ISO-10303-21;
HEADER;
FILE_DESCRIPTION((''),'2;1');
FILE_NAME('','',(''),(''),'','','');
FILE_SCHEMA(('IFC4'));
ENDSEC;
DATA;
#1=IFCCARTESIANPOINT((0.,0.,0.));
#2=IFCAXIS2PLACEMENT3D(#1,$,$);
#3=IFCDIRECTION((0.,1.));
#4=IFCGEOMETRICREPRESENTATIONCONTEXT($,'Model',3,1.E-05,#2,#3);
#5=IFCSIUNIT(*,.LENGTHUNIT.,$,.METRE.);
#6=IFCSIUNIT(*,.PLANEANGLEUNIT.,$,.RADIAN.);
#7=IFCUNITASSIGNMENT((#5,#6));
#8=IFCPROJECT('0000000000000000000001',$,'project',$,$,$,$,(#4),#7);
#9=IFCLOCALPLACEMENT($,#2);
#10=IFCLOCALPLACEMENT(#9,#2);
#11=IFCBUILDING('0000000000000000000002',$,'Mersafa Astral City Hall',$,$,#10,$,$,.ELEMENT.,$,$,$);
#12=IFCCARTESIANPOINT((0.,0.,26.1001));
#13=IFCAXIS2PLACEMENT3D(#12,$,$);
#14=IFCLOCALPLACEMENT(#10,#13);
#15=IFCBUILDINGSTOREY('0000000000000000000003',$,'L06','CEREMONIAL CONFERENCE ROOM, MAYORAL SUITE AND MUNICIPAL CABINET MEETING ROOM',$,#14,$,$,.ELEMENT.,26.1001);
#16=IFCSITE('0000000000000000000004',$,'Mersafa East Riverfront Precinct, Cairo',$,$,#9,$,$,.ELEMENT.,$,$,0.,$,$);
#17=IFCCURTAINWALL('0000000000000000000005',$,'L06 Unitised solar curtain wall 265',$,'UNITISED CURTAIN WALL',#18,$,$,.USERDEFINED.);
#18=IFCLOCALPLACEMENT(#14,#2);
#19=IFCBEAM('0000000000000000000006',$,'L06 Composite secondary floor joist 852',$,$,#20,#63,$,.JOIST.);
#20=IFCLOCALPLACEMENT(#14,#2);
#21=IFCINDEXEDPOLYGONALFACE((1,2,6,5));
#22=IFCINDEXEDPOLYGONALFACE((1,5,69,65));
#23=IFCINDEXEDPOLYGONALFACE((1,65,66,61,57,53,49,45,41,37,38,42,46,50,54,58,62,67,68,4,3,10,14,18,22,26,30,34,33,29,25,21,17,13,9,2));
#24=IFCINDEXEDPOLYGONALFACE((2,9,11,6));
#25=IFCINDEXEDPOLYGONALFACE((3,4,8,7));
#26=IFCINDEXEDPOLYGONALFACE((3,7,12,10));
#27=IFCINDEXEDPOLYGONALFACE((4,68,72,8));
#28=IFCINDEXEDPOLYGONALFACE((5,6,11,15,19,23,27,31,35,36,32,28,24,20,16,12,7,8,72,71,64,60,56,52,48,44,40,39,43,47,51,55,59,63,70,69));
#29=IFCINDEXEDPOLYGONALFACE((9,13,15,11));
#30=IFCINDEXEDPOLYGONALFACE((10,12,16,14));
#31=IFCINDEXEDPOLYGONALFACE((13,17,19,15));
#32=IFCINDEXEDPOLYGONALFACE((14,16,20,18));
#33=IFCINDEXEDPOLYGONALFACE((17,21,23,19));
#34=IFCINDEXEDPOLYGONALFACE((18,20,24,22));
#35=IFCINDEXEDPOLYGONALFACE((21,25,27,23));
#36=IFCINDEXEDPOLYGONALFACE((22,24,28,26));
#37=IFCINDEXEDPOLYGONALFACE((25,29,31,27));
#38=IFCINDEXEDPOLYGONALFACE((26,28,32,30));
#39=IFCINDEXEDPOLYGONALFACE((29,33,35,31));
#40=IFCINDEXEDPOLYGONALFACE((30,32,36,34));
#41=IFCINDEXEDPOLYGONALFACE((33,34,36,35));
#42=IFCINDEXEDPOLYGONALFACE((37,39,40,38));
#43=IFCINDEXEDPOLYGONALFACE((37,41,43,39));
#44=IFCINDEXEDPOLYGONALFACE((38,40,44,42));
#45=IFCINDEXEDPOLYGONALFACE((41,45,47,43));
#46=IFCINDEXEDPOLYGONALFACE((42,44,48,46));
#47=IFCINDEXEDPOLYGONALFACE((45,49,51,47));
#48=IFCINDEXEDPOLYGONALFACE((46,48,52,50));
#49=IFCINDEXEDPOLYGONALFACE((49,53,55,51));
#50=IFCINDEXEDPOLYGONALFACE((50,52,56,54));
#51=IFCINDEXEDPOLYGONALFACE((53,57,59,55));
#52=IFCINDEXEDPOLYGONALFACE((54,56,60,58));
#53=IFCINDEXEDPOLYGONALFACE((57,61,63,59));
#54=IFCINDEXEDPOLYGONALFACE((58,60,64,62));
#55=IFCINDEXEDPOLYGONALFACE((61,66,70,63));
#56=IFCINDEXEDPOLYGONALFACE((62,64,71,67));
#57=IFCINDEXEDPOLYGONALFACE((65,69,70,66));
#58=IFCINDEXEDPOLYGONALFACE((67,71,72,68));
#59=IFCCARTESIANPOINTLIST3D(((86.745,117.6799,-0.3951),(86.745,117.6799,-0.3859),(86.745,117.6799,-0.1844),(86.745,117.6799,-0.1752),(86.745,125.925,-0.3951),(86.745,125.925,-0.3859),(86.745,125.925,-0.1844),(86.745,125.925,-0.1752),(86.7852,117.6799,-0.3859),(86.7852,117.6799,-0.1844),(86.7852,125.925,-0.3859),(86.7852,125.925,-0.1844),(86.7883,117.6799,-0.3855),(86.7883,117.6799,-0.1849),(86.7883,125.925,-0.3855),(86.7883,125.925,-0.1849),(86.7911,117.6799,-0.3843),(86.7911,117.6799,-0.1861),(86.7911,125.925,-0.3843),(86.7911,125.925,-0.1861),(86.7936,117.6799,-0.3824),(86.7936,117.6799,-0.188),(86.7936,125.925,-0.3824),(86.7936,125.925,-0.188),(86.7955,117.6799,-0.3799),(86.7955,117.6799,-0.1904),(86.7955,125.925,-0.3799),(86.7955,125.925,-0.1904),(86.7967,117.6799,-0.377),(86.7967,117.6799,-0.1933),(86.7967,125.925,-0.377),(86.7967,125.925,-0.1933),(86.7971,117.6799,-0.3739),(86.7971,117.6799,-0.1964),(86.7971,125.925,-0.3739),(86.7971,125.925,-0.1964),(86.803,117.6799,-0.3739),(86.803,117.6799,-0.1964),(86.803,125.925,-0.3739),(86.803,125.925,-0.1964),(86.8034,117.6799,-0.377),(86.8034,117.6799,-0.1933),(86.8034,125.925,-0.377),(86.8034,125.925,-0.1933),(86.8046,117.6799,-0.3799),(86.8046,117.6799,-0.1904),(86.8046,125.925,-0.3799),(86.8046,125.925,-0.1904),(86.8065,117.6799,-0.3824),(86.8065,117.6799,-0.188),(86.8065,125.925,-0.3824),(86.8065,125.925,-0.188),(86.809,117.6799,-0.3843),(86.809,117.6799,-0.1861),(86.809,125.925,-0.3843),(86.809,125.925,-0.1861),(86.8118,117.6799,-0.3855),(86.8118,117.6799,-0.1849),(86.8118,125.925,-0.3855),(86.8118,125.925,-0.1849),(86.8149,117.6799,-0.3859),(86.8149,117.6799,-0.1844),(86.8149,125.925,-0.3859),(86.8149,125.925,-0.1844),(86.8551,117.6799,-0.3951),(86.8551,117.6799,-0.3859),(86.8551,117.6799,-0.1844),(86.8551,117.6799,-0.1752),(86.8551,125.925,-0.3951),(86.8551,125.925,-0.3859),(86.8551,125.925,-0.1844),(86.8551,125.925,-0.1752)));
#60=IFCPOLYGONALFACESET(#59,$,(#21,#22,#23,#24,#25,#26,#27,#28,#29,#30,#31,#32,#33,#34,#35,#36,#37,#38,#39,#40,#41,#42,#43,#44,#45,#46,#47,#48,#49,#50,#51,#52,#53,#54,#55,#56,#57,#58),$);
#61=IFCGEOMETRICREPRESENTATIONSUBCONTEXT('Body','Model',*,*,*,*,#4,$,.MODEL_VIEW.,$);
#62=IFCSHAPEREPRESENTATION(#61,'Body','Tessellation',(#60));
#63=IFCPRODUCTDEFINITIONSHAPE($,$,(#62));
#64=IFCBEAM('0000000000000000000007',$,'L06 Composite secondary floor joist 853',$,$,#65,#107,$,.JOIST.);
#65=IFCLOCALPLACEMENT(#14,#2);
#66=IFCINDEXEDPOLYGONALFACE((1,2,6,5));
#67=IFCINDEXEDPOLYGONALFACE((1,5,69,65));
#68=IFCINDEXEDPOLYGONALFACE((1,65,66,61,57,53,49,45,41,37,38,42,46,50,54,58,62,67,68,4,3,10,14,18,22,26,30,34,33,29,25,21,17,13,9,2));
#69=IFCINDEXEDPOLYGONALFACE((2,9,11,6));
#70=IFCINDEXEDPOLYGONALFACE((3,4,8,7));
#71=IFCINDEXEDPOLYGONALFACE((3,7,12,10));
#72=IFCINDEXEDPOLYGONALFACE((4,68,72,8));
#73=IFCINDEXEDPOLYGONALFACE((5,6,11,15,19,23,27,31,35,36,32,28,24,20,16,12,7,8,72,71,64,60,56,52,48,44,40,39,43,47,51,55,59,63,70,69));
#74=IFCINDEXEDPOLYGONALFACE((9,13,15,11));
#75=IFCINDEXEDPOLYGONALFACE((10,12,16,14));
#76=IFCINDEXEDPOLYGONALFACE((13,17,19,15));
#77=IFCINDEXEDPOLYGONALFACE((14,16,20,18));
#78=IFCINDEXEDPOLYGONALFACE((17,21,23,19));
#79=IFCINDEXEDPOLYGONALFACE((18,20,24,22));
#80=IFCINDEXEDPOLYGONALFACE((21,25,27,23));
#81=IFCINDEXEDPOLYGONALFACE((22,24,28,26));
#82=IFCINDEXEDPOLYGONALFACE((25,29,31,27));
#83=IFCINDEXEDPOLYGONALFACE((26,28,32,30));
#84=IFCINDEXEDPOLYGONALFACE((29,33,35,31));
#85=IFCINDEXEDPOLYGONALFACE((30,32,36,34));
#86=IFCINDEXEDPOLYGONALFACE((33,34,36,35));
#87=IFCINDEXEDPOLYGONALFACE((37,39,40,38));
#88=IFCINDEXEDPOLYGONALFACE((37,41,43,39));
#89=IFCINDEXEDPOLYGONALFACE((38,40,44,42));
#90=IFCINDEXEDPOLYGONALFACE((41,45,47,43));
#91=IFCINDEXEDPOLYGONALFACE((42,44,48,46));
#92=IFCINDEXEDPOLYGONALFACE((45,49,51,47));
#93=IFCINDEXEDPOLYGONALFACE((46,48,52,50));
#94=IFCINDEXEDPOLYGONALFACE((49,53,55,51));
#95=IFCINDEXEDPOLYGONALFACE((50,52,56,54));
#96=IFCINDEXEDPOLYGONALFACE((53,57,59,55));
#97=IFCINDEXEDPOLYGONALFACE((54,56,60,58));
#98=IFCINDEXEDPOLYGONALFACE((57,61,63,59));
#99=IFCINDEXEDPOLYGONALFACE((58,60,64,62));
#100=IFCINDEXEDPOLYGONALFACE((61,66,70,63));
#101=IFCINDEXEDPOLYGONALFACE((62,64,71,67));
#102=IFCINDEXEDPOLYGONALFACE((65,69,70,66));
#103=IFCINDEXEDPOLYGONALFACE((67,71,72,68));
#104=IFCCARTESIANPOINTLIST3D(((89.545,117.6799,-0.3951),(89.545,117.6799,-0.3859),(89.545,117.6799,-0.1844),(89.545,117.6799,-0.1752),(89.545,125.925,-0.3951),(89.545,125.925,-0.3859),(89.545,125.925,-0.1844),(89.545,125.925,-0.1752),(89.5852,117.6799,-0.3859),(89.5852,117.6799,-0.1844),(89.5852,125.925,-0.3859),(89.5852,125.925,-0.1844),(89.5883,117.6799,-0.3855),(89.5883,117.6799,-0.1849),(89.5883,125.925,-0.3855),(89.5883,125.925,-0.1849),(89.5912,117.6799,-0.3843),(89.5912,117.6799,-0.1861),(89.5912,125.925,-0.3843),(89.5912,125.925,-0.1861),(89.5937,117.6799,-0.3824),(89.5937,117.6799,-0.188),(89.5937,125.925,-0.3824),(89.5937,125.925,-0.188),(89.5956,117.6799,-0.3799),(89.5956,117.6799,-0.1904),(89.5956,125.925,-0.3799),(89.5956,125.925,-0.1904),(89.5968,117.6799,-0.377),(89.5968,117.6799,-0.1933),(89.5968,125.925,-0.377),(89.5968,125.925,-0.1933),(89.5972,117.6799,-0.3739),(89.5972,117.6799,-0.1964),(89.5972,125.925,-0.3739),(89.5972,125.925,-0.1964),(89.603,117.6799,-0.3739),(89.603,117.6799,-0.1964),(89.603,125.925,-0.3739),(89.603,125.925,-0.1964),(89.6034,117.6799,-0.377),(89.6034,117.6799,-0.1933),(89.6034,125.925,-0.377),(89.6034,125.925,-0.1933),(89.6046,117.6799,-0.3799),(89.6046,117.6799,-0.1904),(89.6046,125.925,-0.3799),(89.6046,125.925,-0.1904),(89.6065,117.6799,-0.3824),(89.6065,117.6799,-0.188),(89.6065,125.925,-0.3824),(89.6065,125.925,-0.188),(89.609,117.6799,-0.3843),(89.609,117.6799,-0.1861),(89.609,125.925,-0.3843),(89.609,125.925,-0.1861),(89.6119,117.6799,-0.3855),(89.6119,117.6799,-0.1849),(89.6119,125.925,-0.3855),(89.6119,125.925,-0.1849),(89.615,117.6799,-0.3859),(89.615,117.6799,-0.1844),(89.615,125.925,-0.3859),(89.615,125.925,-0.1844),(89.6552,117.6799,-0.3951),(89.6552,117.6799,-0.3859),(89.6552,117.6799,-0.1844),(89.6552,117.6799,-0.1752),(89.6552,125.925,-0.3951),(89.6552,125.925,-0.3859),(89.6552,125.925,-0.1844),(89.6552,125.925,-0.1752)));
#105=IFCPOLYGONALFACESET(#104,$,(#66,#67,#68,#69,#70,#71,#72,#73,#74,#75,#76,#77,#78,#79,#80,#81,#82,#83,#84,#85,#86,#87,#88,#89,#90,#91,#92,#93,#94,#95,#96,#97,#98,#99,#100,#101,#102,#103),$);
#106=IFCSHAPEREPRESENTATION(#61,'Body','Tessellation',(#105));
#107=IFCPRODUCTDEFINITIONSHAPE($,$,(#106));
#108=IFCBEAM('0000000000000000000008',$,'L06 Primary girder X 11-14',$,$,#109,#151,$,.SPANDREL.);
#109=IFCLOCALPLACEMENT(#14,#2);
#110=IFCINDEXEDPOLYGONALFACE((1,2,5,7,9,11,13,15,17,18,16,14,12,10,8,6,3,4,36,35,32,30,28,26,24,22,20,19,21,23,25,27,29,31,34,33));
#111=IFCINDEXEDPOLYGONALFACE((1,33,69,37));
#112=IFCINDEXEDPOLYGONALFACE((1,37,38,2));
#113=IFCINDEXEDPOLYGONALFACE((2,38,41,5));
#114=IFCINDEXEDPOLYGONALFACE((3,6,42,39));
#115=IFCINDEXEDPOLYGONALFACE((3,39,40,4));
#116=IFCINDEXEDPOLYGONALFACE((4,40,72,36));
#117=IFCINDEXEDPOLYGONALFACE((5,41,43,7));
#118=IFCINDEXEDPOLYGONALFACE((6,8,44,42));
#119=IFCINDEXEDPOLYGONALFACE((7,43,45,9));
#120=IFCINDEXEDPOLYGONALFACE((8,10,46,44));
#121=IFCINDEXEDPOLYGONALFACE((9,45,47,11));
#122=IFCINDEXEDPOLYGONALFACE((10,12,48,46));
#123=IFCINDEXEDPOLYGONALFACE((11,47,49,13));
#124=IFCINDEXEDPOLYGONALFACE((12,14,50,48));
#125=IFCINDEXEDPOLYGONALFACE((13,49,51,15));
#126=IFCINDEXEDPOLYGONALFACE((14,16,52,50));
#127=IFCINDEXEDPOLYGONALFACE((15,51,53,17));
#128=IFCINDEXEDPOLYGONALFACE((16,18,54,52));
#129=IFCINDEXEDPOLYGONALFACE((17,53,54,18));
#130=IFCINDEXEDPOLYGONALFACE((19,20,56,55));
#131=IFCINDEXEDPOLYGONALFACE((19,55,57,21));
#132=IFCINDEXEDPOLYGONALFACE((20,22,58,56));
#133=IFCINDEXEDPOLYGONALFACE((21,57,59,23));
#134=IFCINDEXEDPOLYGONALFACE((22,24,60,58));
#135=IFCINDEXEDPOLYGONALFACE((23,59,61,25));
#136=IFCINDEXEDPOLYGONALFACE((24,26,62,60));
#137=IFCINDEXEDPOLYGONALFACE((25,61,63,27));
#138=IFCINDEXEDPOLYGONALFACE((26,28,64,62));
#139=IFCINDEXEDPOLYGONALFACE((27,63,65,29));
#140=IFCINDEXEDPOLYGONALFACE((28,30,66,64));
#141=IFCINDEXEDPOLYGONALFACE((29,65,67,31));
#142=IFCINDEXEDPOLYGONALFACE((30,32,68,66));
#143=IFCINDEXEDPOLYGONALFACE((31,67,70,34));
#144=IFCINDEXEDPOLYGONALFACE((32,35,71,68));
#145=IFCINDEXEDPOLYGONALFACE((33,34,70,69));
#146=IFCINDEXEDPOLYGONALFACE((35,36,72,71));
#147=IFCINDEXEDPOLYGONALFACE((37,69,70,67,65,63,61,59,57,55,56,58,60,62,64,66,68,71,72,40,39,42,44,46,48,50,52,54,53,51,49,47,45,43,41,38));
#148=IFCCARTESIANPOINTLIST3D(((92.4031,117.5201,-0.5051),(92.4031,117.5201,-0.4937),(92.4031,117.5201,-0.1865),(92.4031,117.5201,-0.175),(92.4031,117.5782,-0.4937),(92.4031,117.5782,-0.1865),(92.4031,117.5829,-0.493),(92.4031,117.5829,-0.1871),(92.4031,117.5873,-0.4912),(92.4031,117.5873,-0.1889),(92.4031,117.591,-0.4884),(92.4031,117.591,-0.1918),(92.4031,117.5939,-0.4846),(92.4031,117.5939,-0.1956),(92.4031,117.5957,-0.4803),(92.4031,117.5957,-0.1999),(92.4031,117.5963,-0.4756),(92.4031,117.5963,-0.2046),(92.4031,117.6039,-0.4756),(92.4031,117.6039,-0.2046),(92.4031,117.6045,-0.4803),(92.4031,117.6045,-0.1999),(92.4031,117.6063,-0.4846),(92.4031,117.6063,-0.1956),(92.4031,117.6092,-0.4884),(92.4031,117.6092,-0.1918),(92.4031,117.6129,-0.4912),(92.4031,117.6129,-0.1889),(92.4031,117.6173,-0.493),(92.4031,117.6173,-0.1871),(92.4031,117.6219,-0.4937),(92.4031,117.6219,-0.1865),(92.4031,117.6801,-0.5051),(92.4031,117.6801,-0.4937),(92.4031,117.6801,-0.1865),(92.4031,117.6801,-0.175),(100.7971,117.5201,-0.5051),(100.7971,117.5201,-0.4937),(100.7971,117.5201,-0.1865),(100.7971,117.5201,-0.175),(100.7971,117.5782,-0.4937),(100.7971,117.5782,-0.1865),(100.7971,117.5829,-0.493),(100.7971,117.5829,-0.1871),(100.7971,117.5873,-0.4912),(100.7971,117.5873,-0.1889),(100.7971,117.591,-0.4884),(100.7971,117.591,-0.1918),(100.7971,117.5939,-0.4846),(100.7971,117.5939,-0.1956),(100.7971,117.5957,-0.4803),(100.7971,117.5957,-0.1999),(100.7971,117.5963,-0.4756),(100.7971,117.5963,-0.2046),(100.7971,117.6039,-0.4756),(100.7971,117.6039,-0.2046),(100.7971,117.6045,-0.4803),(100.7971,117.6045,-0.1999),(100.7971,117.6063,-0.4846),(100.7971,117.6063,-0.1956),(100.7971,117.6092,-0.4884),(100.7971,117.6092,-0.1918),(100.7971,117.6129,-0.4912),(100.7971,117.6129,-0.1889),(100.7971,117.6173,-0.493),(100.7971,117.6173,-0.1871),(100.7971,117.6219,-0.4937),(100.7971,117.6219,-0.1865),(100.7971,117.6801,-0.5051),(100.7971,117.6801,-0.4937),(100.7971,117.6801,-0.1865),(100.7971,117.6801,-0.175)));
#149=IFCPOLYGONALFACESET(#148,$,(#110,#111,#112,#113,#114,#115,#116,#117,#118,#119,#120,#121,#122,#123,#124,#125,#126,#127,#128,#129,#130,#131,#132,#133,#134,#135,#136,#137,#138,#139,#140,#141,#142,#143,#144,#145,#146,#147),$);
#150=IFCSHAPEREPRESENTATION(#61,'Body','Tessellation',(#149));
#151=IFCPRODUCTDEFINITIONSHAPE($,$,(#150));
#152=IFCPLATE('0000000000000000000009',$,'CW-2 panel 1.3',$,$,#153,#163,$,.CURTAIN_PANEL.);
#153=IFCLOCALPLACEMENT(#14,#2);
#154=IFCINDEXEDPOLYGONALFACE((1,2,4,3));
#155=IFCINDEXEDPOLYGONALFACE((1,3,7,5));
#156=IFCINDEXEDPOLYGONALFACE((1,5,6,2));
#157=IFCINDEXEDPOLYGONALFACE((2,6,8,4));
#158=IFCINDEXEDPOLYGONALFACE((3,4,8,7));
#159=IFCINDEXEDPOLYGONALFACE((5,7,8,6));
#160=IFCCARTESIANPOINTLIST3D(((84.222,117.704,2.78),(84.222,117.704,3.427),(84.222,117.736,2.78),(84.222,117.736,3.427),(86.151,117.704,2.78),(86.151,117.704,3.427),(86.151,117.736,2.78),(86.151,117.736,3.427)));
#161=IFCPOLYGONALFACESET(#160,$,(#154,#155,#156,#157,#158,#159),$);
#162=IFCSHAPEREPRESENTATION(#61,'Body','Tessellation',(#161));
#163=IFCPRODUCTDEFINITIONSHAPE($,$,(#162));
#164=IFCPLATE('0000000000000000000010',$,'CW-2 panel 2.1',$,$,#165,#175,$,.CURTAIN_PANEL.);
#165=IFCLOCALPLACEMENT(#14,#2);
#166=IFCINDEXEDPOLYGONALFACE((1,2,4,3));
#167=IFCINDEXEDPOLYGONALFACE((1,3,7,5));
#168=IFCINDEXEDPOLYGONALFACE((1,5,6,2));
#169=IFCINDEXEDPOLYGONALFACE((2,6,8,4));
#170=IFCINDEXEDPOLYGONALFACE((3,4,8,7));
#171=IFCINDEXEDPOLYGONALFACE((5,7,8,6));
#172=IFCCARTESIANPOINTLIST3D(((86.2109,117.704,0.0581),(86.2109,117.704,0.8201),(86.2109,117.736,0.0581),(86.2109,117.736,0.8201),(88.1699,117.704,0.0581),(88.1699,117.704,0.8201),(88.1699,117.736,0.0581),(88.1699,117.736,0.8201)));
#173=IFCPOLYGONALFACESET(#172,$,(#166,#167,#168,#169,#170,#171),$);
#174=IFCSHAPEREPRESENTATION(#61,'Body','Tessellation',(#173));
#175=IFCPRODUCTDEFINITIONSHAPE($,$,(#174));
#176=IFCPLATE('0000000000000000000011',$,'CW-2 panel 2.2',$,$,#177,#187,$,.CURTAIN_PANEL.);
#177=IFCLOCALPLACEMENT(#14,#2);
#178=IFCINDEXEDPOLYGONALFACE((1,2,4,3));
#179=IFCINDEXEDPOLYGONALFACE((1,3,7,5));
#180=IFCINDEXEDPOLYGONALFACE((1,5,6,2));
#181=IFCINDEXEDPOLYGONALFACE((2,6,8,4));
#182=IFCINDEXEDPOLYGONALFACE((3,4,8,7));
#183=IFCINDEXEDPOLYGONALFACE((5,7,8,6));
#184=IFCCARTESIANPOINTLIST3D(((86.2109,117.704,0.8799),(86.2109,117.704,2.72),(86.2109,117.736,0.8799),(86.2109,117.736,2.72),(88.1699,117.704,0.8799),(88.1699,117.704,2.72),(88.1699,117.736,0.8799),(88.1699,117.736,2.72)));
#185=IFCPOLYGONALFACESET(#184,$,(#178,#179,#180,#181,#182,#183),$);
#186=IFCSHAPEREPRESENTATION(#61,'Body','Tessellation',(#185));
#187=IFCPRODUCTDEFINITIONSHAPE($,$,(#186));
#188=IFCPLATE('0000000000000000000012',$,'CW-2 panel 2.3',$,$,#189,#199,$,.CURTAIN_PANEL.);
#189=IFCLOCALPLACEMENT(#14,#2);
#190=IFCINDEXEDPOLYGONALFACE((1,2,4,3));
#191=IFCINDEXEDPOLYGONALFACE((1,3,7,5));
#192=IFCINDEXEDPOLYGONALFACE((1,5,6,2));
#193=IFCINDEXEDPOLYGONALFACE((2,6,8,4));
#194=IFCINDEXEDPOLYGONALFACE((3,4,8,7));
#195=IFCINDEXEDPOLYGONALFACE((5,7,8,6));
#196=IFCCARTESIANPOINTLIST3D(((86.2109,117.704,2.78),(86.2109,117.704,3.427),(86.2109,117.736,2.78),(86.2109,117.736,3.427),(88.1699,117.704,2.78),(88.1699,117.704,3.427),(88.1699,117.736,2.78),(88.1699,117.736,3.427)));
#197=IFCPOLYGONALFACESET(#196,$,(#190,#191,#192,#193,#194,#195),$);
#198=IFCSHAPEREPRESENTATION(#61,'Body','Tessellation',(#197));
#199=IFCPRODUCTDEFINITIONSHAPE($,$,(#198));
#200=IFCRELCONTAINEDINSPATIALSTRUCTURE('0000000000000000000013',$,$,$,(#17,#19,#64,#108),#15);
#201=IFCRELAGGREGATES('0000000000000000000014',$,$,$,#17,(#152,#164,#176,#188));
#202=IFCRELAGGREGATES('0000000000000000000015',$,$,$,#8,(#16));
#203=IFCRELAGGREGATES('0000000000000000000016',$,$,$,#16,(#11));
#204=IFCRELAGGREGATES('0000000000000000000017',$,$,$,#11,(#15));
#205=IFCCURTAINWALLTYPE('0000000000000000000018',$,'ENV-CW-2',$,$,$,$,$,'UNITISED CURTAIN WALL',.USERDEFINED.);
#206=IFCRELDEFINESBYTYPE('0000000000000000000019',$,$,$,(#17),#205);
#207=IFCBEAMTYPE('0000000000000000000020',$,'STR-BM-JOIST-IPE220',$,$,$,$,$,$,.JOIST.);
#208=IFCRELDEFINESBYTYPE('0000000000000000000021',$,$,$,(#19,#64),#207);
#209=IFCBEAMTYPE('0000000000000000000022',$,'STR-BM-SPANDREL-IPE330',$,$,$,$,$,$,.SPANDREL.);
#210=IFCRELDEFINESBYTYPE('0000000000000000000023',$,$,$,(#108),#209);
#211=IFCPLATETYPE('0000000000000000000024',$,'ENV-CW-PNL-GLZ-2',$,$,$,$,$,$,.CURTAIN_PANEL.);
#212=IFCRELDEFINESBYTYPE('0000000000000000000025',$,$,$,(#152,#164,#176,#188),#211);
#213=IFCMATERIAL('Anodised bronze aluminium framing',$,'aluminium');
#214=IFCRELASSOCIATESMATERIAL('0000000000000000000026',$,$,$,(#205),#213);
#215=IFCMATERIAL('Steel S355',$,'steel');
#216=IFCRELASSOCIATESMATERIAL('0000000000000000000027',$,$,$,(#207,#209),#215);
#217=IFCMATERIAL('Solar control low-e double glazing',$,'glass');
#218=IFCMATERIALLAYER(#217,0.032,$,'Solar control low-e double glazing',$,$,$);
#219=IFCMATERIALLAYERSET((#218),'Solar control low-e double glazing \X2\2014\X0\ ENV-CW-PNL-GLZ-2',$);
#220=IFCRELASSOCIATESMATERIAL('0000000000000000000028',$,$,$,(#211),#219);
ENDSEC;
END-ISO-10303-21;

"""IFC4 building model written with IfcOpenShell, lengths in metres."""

from ifc_helpers import new_model, si_unit, direction, frame, origin, origin_2d, place, context, subcontext, project, spatial, rectangle, i_section, extrude, material, layer, layer_set, material_profile, profile_set, type_object, element, aggregate, save


model = new_model("IFC4")

# Units and contexts
model_context = context("Model", 3, precision=1e-05, world=origin(), true_north=direction((0.0, 1.0)))
body_context = subcontext(model_context, "Body", "Model", "MODEL_VIEW")
ifc_project = project(units=[si_unit("LENGTHUNIT", "METRE"), si_unit("PLANEANGLEUNIT", "RADIAN")], contexts=[model_context])

# Site, building, storey
site_placement = place(None, origin())
site = spatial("IfcSite", under=ifc_project, at=site_placement, Name="Mersafa East Riverfront Precinct, Cairo", CompositionType="ELEMENT", RefElevation=0.0)
building_placement = place(site_placement, origin())
building = spatial("IfcBuilding", under=site, at=building_placement, Name="Mersafa Astral City Hall", CompositionType="ELEMENT")
storey_placement = place(building_placement, frame((0.0, 0.0, 26.1001)))
storey = spatial("IfcBuildingStorey", under=building, at=storey_placement, Name="L06", Description="CEREMONIAL CONFERENCE ROOM, MAYORAL SUITE AND MUNICIPAL CABINET MEETING ROOM", CompositionType="ELEMENT", Elevation=26.1001)

# Shared definitions
ifc_material_1 = material(Name="Steel S355", Category="steel")

# Curtain wall
ifc_material_2 = material(Name="Anodised bronze aluminium framing", Category="aluminium")
curtain_wall_type_1 = type_object("IfcCurtainWallType", Name="ENV-CW-2", ElementType="UNITISED CURTAIN WALL", PredefinedType="USERDEFINED", material=ifc_material_2)
curtain_wall_1_placement = place(storey_placement, origin())
curtain_wall_1 = element("IfcCurtainWall", 1, at=curtain_wall_1_placement, inside=storey, type_object=curtain_wall_type_1, Name="L06 Unitised solar curtain wall 265", ObjectType="UNITISED CURTAIN WALL", PredefinedType="USERDEFINED")

# Beams
ifc_material_profile_1 = material_profile(ifc_material_1, i_section(OverallWidth=0.1101, OverallDepth=0.22, WebThickness=0.0059, FlangeThickness=0.0093, FilletRadius=0.012, at=origin_2d()), Name="IPE 220")
ifc_profile_set_1 = profile_set([ifc_material_profile_1], Name="Steel S355")
beam_type_1 = type_object("IfcBeamType", Name="STR-BM-JOIST-IPE220", PredefinedType="JOIST", material=ifc_profile_set_1)
for number, where, z_axis, x_axis, name in (
    (2, (86.8, 117.6799, -0.2852), (0.0, 1.0, 0.0), (-1.0, 0.0, 0.0), "L06 Composite secondary floor joist 852"),
    (3, (89.6001, 117.6799, -0.2852), (0.0, 1.0, 0.0), (-1.0, 0.0, 0.0), "L06 Composite secondary floor joist 853"),
):
    element("IfcBeam", number, at=place(storey_placement, frame(where, z_axis=z_axis, x_axis=x_axis)), inside=storey, type_object=beam_type_1, Name=name, PredefinedType="JOIST", context=body_context, shape_type="SweptSolid", body=[
        extrude(i_section(OverallWidth=0.1101, OverallDepth=0.22, WebThickness=0.0059, FlangeThickness=0.0093, FilletRadius=0.012, at=origin_2d()), origin(), (0.0, 0.0, 1.0), 8.2451),
    ])
ifc_material_profile_2 = material_profile(ifc_material_1, i_section(OverallWidth=0.1599, OverallDepth=0.3301, WebThickness=0.0076, FlangeThickness=0.0115, FilletRadius=0.0181, at=origin_2d()), Name="IPE 330")
ifc_profile_set_2 = profile_set([ifc_material_profile_2], Name="Steel S355")
beam_type_2 = type_object("IfcBeamType", Name="STR-BM-SPANDREL-IPE330", PredefinedType="SPANDREL", material=ifc_profile_set_2)
beam_placement = place(storey_placement, frame((92.4031, 117.6001, -0.3401), z_axis=(1.0, 0.0, 0.0), x_axis=(0.0, 1.0, 0.0)))
element("IfcBeam", 4, at=beam_placement, inside=storey, type_object=beam_type_2, Name="L06 Primary girder X 11-14", PredefinedType="SPANDREL", context=body_context, shape_type="SweptSolid", body=[
    extrude(i_section(OverallWidth=0.1599, OverallDepth=0.3301, WebThickness=0.0076, FlangeThickness=0.0115, FilletRadius=0.0181, at=origin_2d()), origin(), (0.0, 0.0, 1.0), 8.394),
])

# Plates
ifc_material_3 = material(Name="Solar control low-e double glazing", Category="glass")
ifc_layer = layer(ifc_material_3, 0.032, Name="Solar control low-e double glazing")
ifc_layer_set = layer_set([ifc_layer], Name="Solar control low-e double glazing — ENV-CW-PNL-GLZ-2")
plate_type = type_object("IfcPlateType", Name="ENV-CW-PNL-GLZ-2", PredefinedType="CURTAIN_PANEL", material=ifc_layer_set)
plate_1_placement = place(storey_placement, frame((85.1865, 117.72, 2.78), z_axis=(0.0, 0.0, 1.0), x_axis=(1.0, 0.0, 0.0)))
plate_1 = element("IfcPlate", 5, at=plate_1_placement, type_object=plate_type, Name="CW-2 panel 1.3", PredefinedType="CURTAIN_PANEL", context=body_context, shape_type="SweptSolid", body=[
    extrude(rectangle(XDim=1.929, YDim=0.032, at=origin_2d()), origin(), (0.0, 0.0, 1.0), 0.647),
])
plate_2_placement = place(storey_placement, frame((87.1904, 117.72, 0.0581), z_axis=(0.0, 0.0, 1.0), x_axis=(1.0, 0.0, 0.0)))
plate_2 = element("IfcPlate", 6, at=plate_2_placement, type_object=plate_type, Name="CW-2 panel 2.1", PredefinedType="CURTAIN_PANEL", context=body_context, shape_type="SweptSolid", body=[
    extrude(rectangle(XDim=1.959, YDim=0.032, at=origin_2d()), origin(), (0.0, 0.0, 1.0), 0.762),
])
plate_3_placement = place(storey_placement, frame((87.1904, 117.72, 0.8799), z_axis=(0.0, 0.0, 1.0), x_axis=(1.0, 0.0, 0.0)))
plate_3 = element("IfcPlate", 7, at=plate_3_placement, type_object=plate_type, Name="CW-2 panel 2.2", PredefinedType="CURTAIN_PANEL", context=body_context, shape_type="SweptSolid", body=[
    extrude(rectangle(XDim=1.959, YDim=0.032, at=origin_2d()), origin(), (0.0, 0.0, 1.0), 1.8401),
])
plate_4_placement = place(storey_placement, frame((87.1904, 117.72, 2.78), z_axis=(0.0, 0.0, 1.0), x_axis=(1.0, 0.0, 0.0)))
plate_4 = element("IfcPlate", 8, at=plate_4_placement, type_object=plate_type, Name="CW-2 panel 2.3", PredefinedType="CURTAIN_PANEL", context=body_context, shape_type="SweptSolid", body=[
    extrude(rectangle(XDim=1.959, YDim=0.032, at=origin_2d()), origin(), (0.0, 0.0, 1.0), 0.647),
])
aggregate(curtain_wall_1, [plate_1, plate_2, plate_3, plate_4])

save(model, "model.ifc")
